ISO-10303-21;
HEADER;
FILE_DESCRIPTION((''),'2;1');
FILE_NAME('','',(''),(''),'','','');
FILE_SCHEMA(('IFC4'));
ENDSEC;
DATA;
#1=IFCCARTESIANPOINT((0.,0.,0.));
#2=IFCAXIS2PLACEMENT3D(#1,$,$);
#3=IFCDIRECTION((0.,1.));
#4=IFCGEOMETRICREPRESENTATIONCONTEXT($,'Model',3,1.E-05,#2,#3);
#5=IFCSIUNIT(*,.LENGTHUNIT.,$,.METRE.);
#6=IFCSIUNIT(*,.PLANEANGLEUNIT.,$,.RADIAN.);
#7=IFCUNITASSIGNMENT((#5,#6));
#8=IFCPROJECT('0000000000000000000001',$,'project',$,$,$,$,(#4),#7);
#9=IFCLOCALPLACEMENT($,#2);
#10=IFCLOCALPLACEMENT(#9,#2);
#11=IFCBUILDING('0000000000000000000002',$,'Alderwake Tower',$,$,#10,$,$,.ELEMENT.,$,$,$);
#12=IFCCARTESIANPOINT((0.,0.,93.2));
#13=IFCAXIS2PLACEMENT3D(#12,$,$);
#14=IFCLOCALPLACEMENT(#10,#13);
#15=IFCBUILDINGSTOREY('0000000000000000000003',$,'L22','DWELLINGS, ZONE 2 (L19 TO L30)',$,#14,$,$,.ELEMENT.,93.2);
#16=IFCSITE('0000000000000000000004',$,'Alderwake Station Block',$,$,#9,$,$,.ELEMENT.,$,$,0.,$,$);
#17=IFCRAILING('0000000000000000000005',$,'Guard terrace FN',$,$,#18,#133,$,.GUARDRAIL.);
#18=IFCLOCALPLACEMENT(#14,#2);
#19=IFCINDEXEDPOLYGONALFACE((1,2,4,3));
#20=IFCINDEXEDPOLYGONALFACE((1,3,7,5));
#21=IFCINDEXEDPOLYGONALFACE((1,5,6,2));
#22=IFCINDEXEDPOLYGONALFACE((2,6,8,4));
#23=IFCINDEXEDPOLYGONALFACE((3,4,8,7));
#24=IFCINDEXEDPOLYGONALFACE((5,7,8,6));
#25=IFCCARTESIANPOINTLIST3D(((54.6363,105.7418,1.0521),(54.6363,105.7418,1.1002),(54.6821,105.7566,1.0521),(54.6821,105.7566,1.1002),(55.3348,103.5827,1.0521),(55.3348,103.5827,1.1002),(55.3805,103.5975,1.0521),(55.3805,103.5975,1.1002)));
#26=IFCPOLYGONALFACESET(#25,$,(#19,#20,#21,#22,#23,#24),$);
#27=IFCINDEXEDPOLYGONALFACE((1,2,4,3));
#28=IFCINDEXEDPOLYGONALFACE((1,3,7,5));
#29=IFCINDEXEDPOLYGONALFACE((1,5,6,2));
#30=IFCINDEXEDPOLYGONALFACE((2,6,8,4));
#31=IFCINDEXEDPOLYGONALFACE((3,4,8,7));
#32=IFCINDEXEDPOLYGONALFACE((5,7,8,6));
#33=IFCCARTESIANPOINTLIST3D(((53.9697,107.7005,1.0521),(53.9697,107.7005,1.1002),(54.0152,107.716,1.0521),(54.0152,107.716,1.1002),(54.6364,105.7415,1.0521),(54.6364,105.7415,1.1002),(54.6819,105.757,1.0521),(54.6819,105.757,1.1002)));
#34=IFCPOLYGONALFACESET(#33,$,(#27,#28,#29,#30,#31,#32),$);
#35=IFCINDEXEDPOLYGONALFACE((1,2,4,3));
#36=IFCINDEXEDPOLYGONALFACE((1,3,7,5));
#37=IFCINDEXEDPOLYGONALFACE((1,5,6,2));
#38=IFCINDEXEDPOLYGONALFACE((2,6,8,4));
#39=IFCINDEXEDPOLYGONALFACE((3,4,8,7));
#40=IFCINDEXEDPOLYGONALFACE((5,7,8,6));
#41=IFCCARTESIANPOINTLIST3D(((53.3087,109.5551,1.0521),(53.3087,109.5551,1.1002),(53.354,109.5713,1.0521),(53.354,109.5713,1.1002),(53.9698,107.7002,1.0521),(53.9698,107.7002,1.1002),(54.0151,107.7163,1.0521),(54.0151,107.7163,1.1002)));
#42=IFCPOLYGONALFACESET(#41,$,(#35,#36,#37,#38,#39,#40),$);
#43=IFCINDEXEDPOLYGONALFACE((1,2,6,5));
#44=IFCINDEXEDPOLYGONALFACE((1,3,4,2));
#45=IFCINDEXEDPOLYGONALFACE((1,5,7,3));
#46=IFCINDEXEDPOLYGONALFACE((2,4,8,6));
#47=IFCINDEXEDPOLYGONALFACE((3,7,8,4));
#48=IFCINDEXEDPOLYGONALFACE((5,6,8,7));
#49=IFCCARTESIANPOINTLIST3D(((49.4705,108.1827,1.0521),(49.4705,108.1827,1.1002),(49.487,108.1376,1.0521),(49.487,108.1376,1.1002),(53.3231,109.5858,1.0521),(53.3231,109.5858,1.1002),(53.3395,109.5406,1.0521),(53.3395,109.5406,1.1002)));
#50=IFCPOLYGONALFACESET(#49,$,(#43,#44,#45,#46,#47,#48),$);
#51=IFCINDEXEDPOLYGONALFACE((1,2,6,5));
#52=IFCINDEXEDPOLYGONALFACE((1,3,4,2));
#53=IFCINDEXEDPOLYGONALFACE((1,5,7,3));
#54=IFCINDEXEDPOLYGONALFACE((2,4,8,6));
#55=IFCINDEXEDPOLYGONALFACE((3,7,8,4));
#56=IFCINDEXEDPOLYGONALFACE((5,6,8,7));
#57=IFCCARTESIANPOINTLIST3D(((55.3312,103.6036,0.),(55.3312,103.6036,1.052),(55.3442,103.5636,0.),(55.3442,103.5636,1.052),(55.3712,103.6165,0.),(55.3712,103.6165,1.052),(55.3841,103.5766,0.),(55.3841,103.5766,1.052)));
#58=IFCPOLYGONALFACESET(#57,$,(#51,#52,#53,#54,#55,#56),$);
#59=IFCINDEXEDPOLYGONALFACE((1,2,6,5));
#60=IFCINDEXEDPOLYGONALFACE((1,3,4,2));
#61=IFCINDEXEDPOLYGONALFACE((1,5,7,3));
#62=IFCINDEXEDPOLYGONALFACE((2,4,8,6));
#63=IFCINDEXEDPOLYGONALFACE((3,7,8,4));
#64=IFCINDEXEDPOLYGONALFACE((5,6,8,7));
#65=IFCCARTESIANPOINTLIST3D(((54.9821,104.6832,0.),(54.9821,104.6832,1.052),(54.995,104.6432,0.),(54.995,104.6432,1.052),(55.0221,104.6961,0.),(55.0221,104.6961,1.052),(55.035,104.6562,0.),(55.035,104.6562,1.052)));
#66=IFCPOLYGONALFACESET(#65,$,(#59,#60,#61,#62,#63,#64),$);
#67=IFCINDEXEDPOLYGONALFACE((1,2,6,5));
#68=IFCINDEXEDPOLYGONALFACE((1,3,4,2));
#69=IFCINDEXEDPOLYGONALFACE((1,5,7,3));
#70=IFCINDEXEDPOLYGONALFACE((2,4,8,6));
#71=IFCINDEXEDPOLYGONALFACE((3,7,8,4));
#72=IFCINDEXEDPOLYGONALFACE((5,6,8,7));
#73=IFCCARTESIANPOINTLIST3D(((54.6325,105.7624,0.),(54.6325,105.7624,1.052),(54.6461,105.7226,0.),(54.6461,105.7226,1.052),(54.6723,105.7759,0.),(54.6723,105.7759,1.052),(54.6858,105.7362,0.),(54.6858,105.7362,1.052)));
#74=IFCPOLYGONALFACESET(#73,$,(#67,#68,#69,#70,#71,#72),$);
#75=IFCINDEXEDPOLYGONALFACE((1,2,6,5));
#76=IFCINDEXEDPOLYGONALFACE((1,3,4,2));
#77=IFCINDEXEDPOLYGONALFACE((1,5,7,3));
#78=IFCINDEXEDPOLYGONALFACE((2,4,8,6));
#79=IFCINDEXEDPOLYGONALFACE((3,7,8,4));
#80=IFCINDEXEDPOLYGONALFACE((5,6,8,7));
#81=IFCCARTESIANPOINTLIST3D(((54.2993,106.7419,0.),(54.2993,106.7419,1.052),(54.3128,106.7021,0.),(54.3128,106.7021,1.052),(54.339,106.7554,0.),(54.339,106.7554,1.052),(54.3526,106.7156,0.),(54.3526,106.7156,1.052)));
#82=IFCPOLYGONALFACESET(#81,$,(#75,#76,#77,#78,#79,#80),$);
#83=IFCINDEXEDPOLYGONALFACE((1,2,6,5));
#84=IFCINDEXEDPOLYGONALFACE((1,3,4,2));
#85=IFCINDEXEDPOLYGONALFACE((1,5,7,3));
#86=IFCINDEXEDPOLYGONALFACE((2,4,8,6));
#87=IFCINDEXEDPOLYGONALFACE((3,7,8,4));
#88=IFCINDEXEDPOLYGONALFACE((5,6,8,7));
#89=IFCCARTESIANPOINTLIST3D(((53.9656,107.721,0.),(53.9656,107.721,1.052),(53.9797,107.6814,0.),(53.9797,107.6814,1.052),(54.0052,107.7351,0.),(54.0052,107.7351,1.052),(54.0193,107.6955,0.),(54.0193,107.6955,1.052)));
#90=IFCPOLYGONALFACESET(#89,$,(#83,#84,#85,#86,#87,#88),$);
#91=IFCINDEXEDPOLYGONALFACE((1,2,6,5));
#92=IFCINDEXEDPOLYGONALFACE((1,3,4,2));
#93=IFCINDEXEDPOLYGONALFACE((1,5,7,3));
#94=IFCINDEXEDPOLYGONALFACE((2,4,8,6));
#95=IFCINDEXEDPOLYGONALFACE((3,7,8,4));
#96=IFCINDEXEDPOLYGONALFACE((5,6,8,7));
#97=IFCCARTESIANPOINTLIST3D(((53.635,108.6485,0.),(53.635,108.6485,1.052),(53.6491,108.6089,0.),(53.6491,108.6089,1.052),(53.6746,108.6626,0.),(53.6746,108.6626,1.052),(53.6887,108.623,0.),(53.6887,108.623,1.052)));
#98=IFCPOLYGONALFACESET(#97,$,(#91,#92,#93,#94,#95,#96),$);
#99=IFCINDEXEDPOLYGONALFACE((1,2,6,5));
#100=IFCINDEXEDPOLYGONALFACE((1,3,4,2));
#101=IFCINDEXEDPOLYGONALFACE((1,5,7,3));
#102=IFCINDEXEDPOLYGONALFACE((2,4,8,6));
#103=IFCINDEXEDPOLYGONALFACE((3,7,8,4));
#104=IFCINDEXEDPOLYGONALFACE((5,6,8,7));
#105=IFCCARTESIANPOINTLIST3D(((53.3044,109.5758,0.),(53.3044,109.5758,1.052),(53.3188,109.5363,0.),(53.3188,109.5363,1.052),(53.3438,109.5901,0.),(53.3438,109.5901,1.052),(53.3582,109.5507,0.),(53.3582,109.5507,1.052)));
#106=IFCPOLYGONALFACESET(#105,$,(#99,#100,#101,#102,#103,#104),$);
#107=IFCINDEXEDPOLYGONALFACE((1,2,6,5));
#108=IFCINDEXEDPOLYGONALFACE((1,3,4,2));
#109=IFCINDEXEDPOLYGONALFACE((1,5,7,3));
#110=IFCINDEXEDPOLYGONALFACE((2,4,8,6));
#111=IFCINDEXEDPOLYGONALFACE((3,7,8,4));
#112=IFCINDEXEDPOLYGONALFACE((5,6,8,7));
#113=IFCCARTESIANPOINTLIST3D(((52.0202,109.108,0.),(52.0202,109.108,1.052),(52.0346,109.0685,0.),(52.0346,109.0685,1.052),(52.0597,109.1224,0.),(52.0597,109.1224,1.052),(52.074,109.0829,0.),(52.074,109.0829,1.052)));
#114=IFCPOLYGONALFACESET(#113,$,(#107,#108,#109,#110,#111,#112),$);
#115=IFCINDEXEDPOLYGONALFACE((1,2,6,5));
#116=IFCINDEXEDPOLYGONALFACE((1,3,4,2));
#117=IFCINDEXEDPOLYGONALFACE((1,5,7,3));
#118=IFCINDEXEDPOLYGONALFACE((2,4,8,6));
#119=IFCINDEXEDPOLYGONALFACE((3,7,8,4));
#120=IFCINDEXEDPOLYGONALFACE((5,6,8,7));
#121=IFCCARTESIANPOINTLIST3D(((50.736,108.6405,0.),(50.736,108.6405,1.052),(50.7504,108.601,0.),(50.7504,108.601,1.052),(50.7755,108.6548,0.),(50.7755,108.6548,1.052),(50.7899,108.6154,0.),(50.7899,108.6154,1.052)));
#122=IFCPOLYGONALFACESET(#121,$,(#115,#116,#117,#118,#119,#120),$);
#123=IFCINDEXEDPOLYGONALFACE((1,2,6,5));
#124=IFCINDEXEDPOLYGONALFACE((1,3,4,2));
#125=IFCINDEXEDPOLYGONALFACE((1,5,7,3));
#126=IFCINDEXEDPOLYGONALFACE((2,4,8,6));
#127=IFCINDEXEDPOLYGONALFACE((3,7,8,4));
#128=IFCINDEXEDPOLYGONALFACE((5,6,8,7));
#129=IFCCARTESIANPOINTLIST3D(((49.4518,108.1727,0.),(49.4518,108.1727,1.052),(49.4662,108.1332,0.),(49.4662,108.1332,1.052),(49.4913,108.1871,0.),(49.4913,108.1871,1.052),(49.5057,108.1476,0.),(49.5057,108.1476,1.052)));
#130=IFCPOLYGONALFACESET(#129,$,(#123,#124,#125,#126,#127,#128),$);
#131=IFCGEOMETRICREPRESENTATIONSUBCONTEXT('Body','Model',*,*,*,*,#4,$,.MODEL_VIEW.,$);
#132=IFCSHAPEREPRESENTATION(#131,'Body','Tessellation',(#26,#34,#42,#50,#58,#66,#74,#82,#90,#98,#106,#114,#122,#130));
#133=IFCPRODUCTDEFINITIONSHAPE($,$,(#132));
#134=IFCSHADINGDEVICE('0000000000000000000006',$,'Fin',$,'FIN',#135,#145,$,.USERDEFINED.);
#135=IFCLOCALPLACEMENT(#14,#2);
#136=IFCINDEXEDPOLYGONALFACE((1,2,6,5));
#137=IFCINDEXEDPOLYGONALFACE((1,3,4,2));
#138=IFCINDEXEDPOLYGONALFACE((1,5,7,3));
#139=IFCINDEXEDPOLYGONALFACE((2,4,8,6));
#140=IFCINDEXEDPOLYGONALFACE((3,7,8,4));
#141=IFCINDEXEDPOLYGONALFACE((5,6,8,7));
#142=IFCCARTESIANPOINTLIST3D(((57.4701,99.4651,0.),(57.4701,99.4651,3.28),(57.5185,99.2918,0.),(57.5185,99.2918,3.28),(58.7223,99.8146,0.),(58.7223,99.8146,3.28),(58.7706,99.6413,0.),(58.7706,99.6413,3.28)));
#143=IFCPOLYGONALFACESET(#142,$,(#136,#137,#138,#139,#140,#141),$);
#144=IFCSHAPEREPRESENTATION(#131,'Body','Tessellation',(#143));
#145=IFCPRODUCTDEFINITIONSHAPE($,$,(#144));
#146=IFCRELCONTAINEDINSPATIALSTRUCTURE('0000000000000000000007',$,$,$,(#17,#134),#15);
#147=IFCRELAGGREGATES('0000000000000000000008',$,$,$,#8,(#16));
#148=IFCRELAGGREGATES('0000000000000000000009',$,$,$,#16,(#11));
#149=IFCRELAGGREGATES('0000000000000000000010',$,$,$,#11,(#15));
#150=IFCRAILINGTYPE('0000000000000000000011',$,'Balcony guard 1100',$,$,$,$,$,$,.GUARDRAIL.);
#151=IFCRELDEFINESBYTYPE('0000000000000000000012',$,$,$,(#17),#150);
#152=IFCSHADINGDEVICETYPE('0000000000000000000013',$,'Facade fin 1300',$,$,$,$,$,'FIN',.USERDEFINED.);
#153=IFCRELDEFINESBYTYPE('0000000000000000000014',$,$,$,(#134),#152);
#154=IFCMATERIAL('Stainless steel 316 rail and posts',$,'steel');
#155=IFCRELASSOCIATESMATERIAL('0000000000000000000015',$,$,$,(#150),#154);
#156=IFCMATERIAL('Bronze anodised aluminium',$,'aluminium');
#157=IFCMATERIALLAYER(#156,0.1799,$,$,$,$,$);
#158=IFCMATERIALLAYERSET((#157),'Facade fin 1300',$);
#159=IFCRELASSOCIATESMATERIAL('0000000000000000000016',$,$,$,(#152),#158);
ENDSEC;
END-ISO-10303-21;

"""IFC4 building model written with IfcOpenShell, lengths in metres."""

from ifc_helpers import new_model, si_unit, direction, frame, origin, origin_2d, place, context, subcontext, project, spatial, rectangle, extrude, material, layer, layer_set, type_object, element, save


model = new_model("IFC4")

# Units and contexts
model_context = context("Model", 3, precision=1e-05, world=origin(), true_north=direction((0.0, 1.0)))
body_context = subcontext(model_context, "Body", "Model", "MODEL_VIEW")
ifc_project = project(units=[si_unit("LENGTHUNIT", "METRE"), si_unit("PLANEANGLEUNIT", "RADIAN")], contexts=[model_context])

# Site, building, storey
site_placement = place(None, origin())
site = spatial("IfcSite", under=ifc_project, at=site_placement, Name="Alderwake Station Block", CompositionType="ELEMENT", RefElevation=0.0)
building_placement = place(site_placement, origin())
building = spatial("IfcBuilding", under=site, at=building_placement, Name="Alderwake Tower", CompositionType="ELEMENT")
storey_placement = place(building_placement, frame((0.0, 0.0, 93.2)))
storey = spatial("IfcBuildingStorey", under=building, at=storey_placement, Name="L22", Description="DWELLINGS, ZONE 2 (L19 TO L30)", CompositionType="ELEMENT", Elevation=93.2)

# Railing
ifc_material_1 = material(Name="Stainless steel 316 rail and posts", Category="steel")
railing_type = type_object("IfcRailingType", Name="Balcony guard 1100", PredefinedType="GUARDRAIL", material=ifc_material_1)
railing_placement = place(storey_placement, frame((55.3577, 103.5901, 0.0)))
element("IfcRailing", 1, at=railing_placement, inside=storey, type_object=railing_type, Name="Guard terrace FN", PredefinedType="GUARDRAIL", context=body_context, shape_type="SweptSolid", body=[
    extrude(rectangle(XDim=0.0481, YDim=0.0481, at=origin_2d()), frame((0.0, 0.0, 1.0762), z_axis=(-0.307792, 0.951454, 0.0), x_axis=(-0.951454, -0.307792, 0.0)), (0.0, 0.0, 1.0), 2.2693),
    extrude(rectangle(XDim=0.0481, YDim=0.0481, at=origin_2d()), frame((-0.6985, 2.1592, 1.0762), z_axis=(-0.322203, 0.946671, 0.0), x_axis=(-0.946671, -0.322203, 0.0)), (0.0, 0.0, 1.0), 2.0693),
    extrude(rectangle(XDim=0.0481, YDim=0.0481, at=origin_2d()), frame((-1.3652, 4.1182, 1.0762), z_axis=(-0.335724, 0.94196, 0.0), x_axis=(-0.94196, -0.335724, 0.0)), (0.0, 0.0, 1.0), 1.9692),
    extrude(rectangle(XDim=0.0481, YDim=0.0481, at=origin_2d()), frame((-2.0264, 5.9731, 1.0762), z_axis=(-0.939625, -0.342207, 0.0), x_axis=(0.342207, -0.939625, 0.0)), (0.0, 0.0, 1.0), 4.1001),
    extrude(rectangle(XDim=0.042, YDim=0.042, at=origin_2d()), frame((0.0, 0.0, 0.0), z_axis=(0.0, 0.0, 1.0), x_axis=(-0.307792, 0.951454, 0.0)), (0.0, 0.0, 1.0), 1.052),
    extrude(rectangle(XDim=0.042, YDim=0.042, at=origin_2d()), frame((-0.3491, 1.0796, 0.0), z_axis=(0.0, 0.0, 1.0), x_axis=(-0.307792, 0.951454, 0.0)), (0.0, 0.0, 1.0), 1.052),
    extrude(rectangle(XDim=0.042, YDim=0.042, at=origin_2d()), frame((-0.6985, 2.1592, 0.0), z_axis=(0.0, 0.0, 1.0), x_axis=(-0.322203, 0.946671, 0.0)), (0.0, 0.0, 1.0), 1.052),
    extrude(rectangle(XDim=0.042, YDim=0.042, at=origin_2d()), frame((-1.0317, 3.1387, 0.0), z_axis=(0.0, 0.0, 1.0), x_axis=(-0.322203, 0.946671, 0.0)), (0.0, 0.0, 1.0), 1.052),
    extrude(rectangle(XDim=0.042, YDim=0.042, at=origin_2d()), frame((-1.3652, 4.1182, 0.0), z_axis=(0.0, 0.0, 1.0), x_axis=(-0.335724, 0.94196, 0.0)), (0.0, 0.0, 1.0), 1.052),
    extrude(rectangle(XDim=0.042, YDim=0.042, at=origin_2d()), frame((-1.6958, 5.0457, 0.0), z_axis=(0.0, 0.0, 1.0), x_axis=(-0.335724, 0.94196, 0.0)), (0.0, 0.0, 1.0), 1.052),
    extrude(rectangle(XDim=0.042, YDim=0.042, at=origin_2d()), frame((-2.0264, 5.9731, 0.0), z_axis=(0.0, 0.0, 1.0), x_axis=(-0.939625, -0.342207, 0.0)), (0.0, 0.0, 1.0), 1.052),
    extrude(rectangle(XDim=0.042, YDim=0.042, at=origin_2d()), frame((-3.3105, 5.5054, 0.0), z_axis=(0.0, 0.0, 1.0), x_axis=(-0.939625, -0.342207, 0.0)), (0.0, 0.0, 1.0), 1.052),
    extrude(rectangle(XDim=0.042, YDim=0.042, at=origin_2d()), frame((-4.5947, 5.0378, 0.0), z_axis=(0.0, 0.0, 1.0), x_axis=(-0.939625, -0.342207, 0.0)), (0.0, 0.0, 1.0), 1.052),
    extrude(rectangle(XDim=0.042, YDim=0.042, at=origin_2d()), frame((-5.8789, 4.5701, 0.0), z_axis=(0.0, 0.0, 1.0), x_axis=(-0.939625, -0.342207, 0.0)), (0.0, 0.0, 1.0), 1.052),
])

# Shading device
ifc_material_2 = material(Name="Bronze anodised aluminium", Category="aluminium")
ifc_layer_1 = layer(ifc_material_2, 0.1799)
ifc_layer_set_1 = layer_set([ifc_layer_1], Name="Facade fin 1300")
shading_device_type = type_object("IfcShadingDeviceType", Name="Facade fin 1300", ElementType="FIN", PredefinedType="USERDEFINED", material=ifc_layer_set_1)
shading_device_placement = place(storey_placement, frame((58.1204, 99.5532, 0.0), z_axis=(0.0, 0.0, 1.0), x_axis=(0.963182, 0.268851, 0.0)))
element("IfcShadingDevice", 2, at=shading_device_placement, inside=storey, type_object=shading_device_type, Name="Fin", ObjectType="FIN", PredefinedType="USERDEFINED", context=body_context, shape_type="SweptSolid", body=[
    extrude(rectangle(XDim=1.3, YDim=0.1799, at=origin_2d()), origin(), (0.0, 0.0, 1.0), 3.28),
])

save(model, "model.ifc")
